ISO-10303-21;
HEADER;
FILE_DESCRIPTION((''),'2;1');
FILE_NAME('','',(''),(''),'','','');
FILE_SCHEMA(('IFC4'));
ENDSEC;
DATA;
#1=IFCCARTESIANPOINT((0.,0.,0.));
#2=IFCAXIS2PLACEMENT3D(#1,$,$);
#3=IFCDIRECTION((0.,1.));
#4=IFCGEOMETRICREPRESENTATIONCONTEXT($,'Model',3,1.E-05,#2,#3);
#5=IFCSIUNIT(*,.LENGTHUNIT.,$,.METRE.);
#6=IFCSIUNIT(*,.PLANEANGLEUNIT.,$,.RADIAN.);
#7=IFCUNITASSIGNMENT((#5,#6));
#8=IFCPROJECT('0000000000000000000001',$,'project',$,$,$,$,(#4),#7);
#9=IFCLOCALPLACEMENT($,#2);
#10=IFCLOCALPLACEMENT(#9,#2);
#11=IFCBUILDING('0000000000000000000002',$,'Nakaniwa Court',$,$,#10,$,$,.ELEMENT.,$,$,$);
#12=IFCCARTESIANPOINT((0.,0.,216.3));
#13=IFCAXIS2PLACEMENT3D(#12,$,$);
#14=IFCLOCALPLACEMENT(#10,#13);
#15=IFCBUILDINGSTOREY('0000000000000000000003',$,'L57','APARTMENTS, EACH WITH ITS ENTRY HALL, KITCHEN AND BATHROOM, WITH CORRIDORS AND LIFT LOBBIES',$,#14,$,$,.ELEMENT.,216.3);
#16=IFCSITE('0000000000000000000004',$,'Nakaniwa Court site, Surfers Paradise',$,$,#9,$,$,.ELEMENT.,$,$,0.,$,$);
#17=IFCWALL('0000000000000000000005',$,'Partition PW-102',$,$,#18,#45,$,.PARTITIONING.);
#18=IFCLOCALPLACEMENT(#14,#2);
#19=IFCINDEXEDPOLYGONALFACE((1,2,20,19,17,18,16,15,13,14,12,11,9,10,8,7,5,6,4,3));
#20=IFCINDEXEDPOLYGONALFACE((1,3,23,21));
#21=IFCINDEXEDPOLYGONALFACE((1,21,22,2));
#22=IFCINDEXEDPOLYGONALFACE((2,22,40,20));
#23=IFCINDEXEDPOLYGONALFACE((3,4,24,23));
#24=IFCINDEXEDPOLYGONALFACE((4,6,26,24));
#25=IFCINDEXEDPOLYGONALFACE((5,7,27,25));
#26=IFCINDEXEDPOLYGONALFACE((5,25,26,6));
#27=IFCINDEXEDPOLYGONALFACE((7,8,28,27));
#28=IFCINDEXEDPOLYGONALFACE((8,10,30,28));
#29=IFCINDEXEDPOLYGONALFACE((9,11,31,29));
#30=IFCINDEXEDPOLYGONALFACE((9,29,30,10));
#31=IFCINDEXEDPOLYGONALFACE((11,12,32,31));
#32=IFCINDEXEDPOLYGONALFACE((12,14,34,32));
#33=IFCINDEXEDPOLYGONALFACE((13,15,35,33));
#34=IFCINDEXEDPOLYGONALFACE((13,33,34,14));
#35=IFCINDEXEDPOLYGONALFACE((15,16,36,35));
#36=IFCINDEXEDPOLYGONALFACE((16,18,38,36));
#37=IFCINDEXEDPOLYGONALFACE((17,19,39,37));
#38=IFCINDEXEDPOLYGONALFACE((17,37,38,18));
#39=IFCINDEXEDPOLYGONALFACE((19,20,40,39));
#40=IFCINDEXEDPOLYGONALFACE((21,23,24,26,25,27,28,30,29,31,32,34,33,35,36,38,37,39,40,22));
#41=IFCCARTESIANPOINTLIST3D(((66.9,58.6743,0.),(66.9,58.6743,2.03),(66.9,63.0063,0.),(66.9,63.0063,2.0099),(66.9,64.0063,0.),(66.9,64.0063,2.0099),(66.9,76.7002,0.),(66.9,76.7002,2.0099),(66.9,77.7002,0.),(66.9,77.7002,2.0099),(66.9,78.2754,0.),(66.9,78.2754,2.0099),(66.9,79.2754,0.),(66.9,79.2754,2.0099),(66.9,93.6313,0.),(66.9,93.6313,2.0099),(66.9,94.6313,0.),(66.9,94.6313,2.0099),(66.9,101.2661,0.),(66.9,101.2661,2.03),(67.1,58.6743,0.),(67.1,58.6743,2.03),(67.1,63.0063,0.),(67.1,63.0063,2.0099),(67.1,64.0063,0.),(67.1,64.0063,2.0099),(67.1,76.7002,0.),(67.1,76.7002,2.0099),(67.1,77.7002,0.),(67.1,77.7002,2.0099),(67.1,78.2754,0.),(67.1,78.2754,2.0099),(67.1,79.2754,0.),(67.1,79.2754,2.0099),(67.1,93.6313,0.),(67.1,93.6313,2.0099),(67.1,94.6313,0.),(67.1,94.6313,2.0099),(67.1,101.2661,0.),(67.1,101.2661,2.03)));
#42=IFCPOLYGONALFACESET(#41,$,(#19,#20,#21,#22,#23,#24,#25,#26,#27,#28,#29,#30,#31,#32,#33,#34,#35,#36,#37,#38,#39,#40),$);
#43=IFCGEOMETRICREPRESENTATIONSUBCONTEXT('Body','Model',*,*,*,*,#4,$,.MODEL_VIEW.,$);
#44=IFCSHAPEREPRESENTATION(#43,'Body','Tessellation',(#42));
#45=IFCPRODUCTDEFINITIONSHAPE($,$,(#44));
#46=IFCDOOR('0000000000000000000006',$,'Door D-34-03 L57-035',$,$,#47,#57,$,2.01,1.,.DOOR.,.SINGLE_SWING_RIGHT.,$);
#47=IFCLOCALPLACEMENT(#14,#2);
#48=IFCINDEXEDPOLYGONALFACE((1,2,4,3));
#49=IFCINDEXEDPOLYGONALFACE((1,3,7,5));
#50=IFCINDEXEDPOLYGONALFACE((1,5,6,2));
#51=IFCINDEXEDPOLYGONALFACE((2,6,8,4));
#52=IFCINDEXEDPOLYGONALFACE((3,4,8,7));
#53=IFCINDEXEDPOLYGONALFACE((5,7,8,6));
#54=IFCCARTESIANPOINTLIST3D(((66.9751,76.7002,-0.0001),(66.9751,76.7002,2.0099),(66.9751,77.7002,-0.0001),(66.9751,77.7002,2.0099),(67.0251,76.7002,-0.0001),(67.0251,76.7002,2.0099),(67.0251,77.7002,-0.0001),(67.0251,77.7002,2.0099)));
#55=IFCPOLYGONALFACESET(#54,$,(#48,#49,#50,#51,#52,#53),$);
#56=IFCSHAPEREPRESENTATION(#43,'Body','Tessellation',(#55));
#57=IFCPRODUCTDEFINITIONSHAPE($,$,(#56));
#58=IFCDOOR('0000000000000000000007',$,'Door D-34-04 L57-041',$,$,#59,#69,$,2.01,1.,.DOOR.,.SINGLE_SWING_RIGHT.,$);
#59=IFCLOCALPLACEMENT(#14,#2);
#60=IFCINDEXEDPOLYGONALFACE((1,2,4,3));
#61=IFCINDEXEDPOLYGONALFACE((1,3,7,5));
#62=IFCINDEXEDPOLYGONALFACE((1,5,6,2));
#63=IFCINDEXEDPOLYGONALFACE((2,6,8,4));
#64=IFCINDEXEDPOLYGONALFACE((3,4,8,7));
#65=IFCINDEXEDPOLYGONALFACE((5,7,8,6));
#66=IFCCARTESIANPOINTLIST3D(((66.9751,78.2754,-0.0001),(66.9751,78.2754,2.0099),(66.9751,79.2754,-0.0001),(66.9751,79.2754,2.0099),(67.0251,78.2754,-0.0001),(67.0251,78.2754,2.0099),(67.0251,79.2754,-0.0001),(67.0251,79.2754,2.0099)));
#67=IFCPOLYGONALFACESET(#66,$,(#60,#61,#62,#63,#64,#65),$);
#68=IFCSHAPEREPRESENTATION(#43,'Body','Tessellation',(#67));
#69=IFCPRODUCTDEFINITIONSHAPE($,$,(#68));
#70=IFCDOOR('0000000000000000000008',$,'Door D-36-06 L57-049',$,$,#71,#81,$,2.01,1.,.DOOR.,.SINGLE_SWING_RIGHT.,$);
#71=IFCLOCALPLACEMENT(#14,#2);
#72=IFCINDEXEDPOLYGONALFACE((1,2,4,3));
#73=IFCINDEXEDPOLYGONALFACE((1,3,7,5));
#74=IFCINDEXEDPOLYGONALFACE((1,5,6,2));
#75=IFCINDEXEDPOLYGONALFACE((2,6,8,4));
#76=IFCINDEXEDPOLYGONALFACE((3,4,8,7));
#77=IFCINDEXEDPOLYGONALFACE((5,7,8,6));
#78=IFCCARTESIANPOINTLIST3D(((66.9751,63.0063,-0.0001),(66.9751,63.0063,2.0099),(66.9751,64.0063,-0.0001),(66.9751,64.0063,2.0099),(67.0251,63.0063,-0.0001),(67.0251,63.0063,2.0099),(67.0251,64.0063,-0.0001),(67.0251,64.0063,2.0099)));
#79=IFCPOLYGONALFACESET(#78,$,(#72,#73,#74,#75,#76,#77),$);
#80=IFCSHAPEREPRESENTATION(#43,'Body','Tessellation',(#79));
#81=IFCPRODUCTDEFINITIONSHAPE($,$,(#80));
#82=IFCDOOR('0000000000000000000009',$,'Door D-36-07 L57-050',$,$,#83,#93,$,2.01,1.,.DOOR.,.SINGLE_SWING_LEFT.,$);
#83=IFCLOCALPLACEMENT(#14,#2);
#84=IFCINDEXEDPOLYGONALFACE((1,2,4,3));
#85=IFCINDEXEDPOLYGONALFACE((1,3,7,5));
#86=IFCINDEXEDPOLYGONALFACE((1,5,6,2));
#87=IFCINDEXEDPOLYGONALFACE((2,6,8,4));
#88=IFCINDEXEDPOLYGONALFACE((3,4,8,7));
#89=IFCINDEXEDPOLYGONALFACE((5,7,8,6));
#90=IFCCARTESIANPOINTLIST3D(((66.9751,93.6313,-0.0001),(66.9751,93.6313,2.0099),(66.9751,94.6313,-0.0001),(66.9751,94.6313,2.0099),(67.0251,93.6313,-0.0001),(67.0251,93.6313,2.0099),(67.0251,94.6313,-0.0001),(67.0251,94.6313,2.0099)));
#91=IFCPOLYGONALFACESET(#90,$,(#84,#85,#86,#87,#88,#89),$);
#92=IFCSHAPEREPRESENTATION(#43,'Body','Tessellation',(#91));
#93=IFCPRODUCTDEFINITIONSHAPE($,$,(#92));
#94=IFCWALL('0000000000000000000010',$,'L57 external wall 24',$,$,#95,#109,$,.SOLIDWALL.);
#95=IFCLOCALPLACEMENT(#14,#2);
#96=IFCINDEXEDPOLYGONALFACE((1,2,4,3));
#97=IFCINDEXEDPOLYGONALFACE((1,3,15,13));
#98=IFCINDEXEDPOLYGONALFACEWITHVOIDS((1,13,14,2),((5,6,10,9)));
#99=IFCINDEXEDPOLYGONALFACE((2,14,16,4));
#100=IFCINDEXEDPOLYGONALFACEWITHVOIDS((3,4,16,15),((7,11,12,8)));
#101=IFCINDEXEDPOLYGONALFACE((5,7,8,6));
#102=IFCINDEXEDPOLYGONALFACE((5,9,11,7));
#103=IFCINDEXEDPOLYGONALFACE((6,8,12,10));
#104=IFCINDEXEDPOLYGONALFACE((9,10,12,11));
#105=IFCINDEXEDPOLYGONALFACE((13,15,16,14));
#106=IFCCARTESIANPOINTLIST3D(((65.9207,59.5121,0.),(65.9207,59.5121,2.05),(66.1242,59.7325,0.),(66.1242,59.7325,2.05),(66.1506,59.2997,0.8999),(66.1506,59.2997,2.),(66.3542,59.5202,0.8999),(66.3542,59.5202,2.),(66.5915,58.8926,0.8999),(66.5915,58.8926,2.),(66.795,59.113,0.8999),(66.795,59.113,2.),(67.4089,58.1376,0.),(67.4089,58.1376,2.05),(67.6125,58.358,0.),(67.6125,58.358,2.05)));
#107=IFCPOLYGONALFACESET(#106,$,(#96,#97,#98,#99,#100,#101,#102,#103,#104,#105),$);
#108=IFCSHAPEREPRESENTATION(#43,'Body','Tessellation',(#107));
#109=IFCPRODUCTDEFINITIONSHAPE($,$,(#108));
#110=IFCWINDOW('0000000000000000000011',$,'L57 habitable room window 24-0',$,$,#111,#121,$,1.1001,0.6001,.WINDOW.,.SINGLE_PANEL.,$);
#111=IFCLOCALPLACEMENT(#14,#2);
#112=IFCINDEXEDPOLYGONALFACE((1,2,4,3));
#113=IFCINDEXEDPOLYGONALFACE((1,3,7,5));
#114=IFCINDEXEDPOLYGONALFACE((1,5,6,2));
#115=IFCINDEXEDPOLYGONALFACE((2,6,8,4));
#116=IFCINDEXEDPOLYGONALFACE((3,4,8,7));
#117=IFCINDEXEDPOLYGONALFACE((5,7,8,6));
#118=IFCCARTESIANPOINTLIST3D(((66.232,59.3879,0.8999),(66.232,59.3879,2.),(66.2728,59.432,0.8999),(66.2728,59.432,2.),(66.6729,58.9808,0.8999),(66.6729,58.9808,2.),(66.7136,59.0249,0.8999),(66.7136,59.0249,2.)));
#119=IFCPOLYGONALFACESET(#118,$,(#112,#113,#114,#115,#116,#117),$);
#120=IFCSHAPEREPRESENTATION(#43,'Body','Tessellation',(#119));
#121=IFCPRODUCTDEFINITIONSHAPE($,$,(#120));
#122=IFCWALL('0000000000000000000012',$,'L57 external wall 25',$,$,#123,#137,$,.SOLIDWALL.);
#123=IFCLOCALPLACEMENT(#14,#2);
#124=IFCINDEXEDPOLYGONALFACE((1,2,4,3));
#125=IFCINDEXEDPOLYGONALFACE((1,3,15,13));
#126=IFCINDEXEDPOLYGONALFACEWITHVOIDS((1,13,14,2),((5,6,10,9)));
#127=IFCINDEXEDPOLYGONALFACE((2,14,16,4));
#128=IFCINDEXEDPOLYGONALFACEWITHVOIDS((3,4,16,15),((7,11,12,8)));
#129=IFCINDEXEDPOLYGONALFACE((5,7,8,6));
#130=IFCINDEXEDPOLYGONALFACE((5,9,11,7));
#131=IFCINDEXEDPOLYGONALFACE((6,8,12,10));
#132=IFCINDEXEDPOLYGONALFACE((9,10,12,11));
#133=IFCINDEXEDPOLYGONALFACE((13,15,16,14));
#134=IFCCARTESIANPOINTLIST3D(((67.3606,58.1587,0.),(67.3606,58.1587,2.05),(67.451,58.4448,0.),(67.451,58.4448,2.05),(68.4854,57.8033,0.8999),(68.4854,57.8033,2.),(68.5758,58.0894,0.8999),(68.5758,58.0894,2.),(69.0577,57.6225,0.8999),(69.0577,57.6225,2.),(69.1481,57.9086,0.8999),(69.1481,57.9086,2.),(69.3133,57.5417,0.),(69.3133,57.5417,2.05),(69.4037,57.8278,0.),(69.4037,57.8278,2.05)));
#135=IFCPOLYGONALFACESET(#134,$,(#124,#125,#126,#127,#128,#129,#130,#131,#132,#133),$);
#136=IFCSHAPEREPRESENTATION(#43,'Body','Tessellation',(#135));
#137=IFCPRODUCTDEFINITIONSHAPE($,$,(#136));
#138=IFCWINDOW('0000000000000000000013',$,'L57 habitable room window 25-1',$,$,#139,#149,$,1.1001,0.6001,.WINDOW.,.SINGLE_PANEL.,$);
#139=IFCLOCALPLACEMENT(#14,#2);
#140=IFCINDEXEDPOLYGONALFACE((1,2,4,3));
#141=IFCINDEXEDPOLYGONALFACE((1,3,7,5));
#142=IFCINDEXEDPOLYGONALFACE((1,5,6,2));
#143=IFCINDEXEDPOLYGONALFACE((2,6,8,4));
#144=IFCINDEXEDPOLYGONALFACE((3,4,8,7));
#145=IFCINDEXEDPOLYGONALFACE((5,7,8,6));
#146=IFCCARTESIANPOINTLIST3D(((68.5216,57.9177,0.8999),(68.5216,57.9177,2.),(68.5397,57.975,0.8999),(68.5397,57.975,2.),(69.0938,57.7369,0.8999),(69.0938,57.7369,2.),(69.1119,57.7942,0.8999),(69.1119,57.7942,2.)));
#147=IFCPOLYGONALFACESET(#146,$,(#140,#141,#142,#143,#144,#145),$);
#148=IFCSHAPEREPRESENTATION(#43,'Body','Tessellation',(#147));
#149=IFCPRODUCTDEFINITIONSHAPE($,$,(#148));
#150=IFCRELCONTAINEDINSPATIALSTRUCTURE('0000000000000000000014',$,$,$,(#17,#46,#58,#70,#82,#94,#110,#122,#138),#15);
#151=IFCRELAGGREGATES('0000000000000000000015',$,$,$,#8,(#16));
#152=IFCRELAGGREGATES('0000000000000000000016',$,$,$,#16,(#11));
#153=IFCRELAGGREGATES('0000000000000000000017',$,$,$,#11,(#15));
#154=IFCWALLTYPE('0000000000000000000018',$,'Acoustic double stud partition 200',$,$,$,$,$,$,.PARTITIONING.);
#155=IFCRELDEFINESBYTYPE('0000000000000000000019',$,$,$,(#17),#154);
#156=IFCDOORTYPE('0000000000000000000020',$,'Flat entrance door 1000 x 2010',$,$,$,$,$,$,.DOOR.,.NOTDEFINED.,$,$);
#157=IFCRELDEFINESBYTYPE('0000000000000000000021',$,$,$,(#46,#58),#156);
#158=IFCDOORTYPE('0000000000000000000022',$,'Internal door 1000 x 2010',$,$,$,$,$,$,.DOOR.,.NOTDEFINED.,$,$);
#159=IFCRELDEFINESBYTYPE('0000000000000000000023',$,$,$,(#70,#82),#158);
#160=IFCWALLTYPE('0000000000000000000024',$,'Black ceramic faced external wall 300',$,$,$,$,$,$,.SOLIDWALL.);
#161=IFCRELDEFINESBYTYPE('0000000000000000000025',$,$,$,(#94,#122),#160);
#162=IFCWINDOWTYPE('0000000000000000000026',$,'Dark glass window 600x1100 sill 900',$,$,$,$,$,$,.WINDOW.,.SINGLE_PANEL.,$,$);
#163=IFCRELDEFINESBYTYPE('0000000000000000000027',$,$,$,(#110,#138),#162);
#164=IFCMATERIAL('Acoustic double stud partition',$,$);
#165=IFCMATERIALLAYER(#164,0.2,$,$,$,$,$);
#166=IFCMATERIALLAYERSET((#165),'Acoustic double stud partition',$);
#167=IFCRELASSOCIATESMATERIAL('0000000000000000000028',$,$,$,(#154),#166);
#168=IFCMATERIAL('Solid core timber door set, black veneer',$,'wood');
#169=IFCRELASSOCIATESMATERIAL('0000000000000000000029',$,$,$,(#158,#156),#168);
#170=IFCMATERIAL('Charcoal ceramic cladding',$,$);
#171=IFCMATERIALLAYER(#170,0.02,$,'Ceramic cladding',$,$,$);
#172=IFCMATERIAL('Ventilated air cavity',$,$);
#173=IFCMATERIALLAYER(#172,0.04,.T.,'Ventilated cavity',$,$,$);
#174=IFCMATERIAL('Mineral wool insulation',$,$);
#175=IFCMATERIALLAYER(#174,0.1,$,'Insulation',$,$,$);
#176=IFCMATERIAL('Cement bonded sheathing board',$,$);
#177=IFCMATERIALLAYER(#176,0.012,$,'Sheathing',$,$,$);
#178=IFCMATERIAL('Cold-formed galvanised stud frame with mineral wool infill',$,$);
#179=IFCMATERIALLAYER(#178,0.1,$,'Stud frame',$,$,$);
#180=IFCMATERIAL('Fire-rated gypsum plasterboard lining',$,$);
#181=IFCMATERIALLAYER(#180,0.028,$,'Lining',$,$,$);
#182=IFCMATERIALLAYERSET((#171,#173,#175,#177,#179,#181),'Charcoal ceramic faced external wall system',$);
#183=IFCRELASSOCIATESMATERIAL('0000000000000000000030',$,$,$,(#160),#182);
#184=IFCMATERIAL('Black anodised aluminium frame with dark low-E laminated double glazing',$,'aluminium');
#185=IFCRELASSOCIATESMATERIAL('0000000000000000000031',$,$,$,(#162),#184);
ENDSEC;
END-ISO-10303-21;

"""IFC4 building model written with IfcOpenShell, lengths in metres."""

from ifc_helpers import new_model, si_unit, direction, frame, frame_2d, origin, place, context, subcontext, project, spatial, rectangle, extrude, material, layer, layer_set, type_object, element, fill, save


model = new_model("IFC4")

# Units and contexts
model_context = context("Model", 3, precision=1e-05, world=origin(), true_north=direction((0.0, 1.0)))
body_context = subcontext(model_context, "Body", "Model", "MODEL_VIEW")
ifc_project = project(units=[si_unit("LENGTHUNIT", "METRE"), si_unit("PLANEANGLEUNIT", "RADIAN")], contexts=[model_context])

# Site, building, storey
site_placement = place(None, origin())
site = spatial("IfcSite", under=ifc_project, at=site_placement, Name="Nakaniwa Court site, Surfers Paradise", CompositionType="ELEMENT", RefElevation=0.0)
building_placement = place(site_placement, origin())
building = spatial("IfcBuilding", under=site, at=building_placement, Name="Nakaniwa Court", CompositionType="ELEMENT")
storey_placement = place(building_placement, frame((0.0, 0.0, 216.3)))
storey = spatial("IfcBuildingStorey", under=building, at=storey_placement, Name="L57", Description="APARTMENTS, EACH WITH ITS ENTRY HALL, KITCHEN AND BATHROOM, WITH CORRIDORS AND LIFT LOBBIES", CompositionType="ELEMENT", Elevation=216.3)

# Shared definitions
ifc_material_1 = material(Name="Acoustic double stud partition")
ifc_layer_1 = layer(ifc_material_1, 0.2)
ifc_layer_set_1 = layer_set([ifc_layer_1], Name="Acoustic double stud partition")
wall_type_1 = type_object("IfcWallType", Name="Acoustic double stud partition 200", PredefinedType="PARTITIONING", material=ifc_layer_set_1)

# Shared definitions
ifc_material_2 = material(Name="Solid core timber door set, black veneer", Category="wood")
door_type_1 = type_object("IfcDoorType", Name="Internal door 1000 x 2010", OperationType="NOTDEFINED", PredefinedType="DOOR", material=ifc_material_2)

# Wall, openings, doors
wall_1_placement = place(storey_placement, frame((67.0, 58.6743, 0.0), z_axis=(0.0, 0.0, 1.0), x_axis=(0.0, 1.0, 0.0)))
wall_1 = element("IfcWall", 1, at=wall_1_placement, inside=storey, type_object=wall_type_1, Name="Partition PW-102", PredefinedType="PARTITIONING", context=body_context, shape_type="SweptSolid", body=[
    extrude(rectangle(XDim=42.5918, YDim=0.2, at=frame_2d((21.2959, 0.0))), origin(), (0.0, 0.0, 1.0), 2.03),
])
opening_1_placement = place(wall_1_placement, frame((18.0259, 0.0, 0.0)))
opening_1 = element("IfcOpeningElement", 2, at=opening_1_placement, cuts=wall_1, PredefinedType="OPENING", context=body_context, shape_type="SweptSolid", body=[
    extrude(rectangle(XDim=1.0, YDim=2.01, at=frame_2d((0.5, 1.0049))), frame((0.0, 0.1099, 0.0), z_axis=(0.0, -1.0, 0.0), x_axis=(1.0, 0.0, 0.0)), (0.0, 0.0, 1.0), 0.22),
])
opening_2_placement = place(wall_1_placement, frame((19.6011, 0.0, 0.0)))
opening_2 = element("IfcOpeningElement", 3, at=opening_2_placement, cuts=wall_1, PredefinedType="OPENING", context=body_context, shape_type="SweptSolid", body=[
    extrude(rectangle(XDim=1.0, YDim=2.01, at=frame_2d((0.5, 1.0049))), frame((0.0, 0.1099, 0.0), z_axis=(0.0, -1.0, 0.0), x_axis=(1.0, 0.0, 0.0)), (0.0, 0.0, 1.0), 0.22),
])
opening_3_placement = place(wall_1_placement, frame((4.332, 0.0, 0.0)))
opening_3 = element("IfcOpeningElement", 4, at=opening_3_placement, cuts=wall_1, PredefinedType="OPENING", context=body_context, shape_type="SweptSolid", body=[
    extrude(rectangle(XDim=1.0, YDim=2.01, at=frame_2d((0.5, 1.0049))), frame((0.0, 0.1099, 0.0), z_axis=(0.0, -1.0, 0.0), x_axis=(1.0, 0.0, 0.0)), (0.0, 0.0, 1.0), 0.22),
])
opening_4_placement = place(wall_1_placement, frame((34.957, 0.0, 0.0)))
opening_4 = element("IfcOpeningElement", 5, at=opening_4_placement, cuts=wall_1, PredefinedType="OPENING", context=body_context, shape_type="SweptSolid", body=[
    extrude(rectangle(XDim=1.0, YDim=2.01, at=frame_2d((0.5, 1.0049))), frame((0.0, 0.1099, 0.0), z_axis=(0.0, -1.0, 0.0), x_axis=(1.0, 0.0, 0.0)), (0.0, 0.0, 1.0), 0.22),
])
door_type_2 = type_object("IfcDoorType", Name="Flat entrance door 1000 x 2010", OperationType="NOTDEFINED", PredefinedType="DOOR", material=ifc_material_2)
door_1_placement = place(opening_1_placement, origin())
door_1 = element("IfcDoor", 6, at=door_1_placement, inside=storey, type_object=door_type_2, Name="Door D-34-03 L57-035", OperationType="SINGLE_SWING_RIGHT", OverallHeight=2.01, OverallWidth=1.0, PredefinedType="DOOR", context=body_context, shape_type="SweptSolid", body=[
    extrude(rectangle(XDim=1.0, YDim=2.01, at=frame_2d((0.5, 1.0049))), frame((0.0, 0.0249, 0.0), z_axis=(0.0, -1.0, 0.0), x_axis=(1.0, 0.0, 0.0)), (0.0, 0.0, 1.0), 0.05),
])
fill(opening_1, door_1)
door_2_placement = place(opening_2_placement, origin())
door_2 = element("IfcDoor", 7, at=door_2_placement, inside=storey, type_object=door_type_2, Name="Door D-34-04 L57-041", OperationType="SINGLE_SWING_RIGHT", OverallHeight=2.01, OverallWidth=1.0, PredefinedType="DOOR", context=body_context, shape_type="SweptSolid", body=[
    extrude(rectangle(XDim=1.0, YDim=2.01, at=frame_2d((0.5, 1.0049))), frame((0.0, 0.0249, 0.0), z_axis=(0.0, -1.0, 0.0), x_axis=(1.0, 0.0, 0.0)), (0.0, 0.0, 1.0), 0.05),
])
fill(opening_2, door_2)
door_3_placement = place(opening_3_placement, origin())
door_3 = element("IfcDoor", 8, at=door_3_placement, inside=storey, type_object=door_type_1, Name="Door D-36-06 L57-049", OperationType="SINGLE_SWING_RIGHT", OverallHeight=2.01, OverallWidth=1.0, PredefinedType="DOOR", context=body_context, shape_type="SweptSolid", body=[
    extrude(rectangle(XDim=1.0, YDim=2.01, at=frame_2d((0.5, 1.0049))), frame((0.0, 0.0249, 0.0), z_axis=(0.0, -1.0, 0.0), x_axis=(1.0, 0.0, 0.0)), (0.0, 0.0, 1.0), 0.05),
])
fill(opening_3, door_3)
door_4_placement = place(opening_4_placement, origin())
door_4 = element("IfcDoor", 9, at=door_4_placement, inside=storey, type_object=door_type_1, Name="Door D-36-07 L57-050", OperationType="SINGLE_SWING_LEFT", OverallHeight=2.01, OverallWidth=1.0, PredefinedType="DOOR", context=body_context, shape_type="SweptSolid", body=[
    extrude(rectangle(XDim=1.0, YDim=2.01, at=frame_2d((0.5, 1.0049))), frame((0.0, 0.0249, 0.0), z_axis=(0.0, -1.0, 0.0), x_axis=(1.0, 0.0, 0.0)), (0.0, 0.0, 1.0), 0.05),
])
fill(opening_4, door_4)

# Walls, openings, windows
ifc_material_3 = material(Name="Charcoal ceramic cladding")
ifc_layer_2 = layer(ifc_material_3, 0.02, Name="Ceramic cladding")
ifc_material_4 = material(Name="Ventilated air cavity")
ifc_layer_3 = layer(ifc_material_4, 0.04, ventilated=True, Name="Ventilated cavity")
ifc_material_5 = material(Name="Mineral wool insulation")
ifc_layer_4 = layer(ifc_material_5, 0.1, Name="Insulation")
ifc_material_6 = material(Name="Cement bonded sheathing board")
ifc_layer_5 = layer(ifc_material_6, 0.012, Name="Sheathing")
ifc_material_7 = material(Name="Cold-formed galvanised stud frame with mineral wool infill")
ifc_layer_6 = layer(ifc_material_7, 0.1, Name="Stud frame")
ifc_material_8 = material(Name="Fire-rated gypsum plasterboard lining")
ifc_layer_7 = layer(ifc_material_8, 0.028, Name="Lining")
ifc_layer_set_2 = layer_set([ifc_layer_2, ifc_layer_3, ifc_layer_4, ifc_layer_5, ifc_layer_6, ifc_layer_7], Name="Charcoal ceramic faced external wall system")
wall_type_2 = type_object("IfcWallType", Name="Black ceramic faced external wall 300", PredefinedType="SOLIDWALL", material=ifc_layer_set_2)
wall_2_placement = place(storey_placement, frame((66.0225, 59.6223, 0.0), z_axis=(0.0, 0.0, 1.0), x_axis=(0.734628, -0.67847, 0.0)))
wall_2 = element("IfcWall", 10, at=wall_2_placement, inside=storey, type_object=wall_type_2, Name="L57 external wall 24", PredefinedType="SOLIDWALL", context=body_context, shape_type="SweptSolid", body=[
    extrude(rectangle(XDim=2.0259, YDim=0.3, at=frame_2d((1.0129, 0.0))), origin(), (0.0, 0.0, 1.0), 2.05),
])
opening_5_placement = place(wall_2_placement, frame((0.313, 0.0, 0.8999)))
opening_5 = element("IfcOpeningElement", 11, at=opening_5_placement, cuts=wall_2, PredefinedType="OPENING", context=body_context, shape_type="SweptSolid", body=[
    extrude(rectangle(XDim=0.6001, YDim=1.1001, at=frame_2d((0.3, 0.55))), frame((0.0, 0.1599, 0.0), z_axis=(0.0, -1.0, 0.0), x_axis=(1.0, 0.0, 0.0)), (0.0, 0.0, 1.0), 0.3201),
])
ifc_material_9 = material(Name="Black anodised aluminium frame with dark low-E laminated double glazing", Category="aluminium")
window_type_1 = type_object("IfcWindowType", Name="Dark glass window 600x1100 sill 900", PartitioningType="SINGLE_PANEL", PredefinedType="WINDOW", material=ifc_material_9)
window_1_placement = place(opening_5_placement, origin())
window_1 = element("IfcWindow", 12, at=window_1_placement, inside=storey, type_object=window_type_1, Name="L57 habitable room window 24-0", OverallHeight=1.1001, OverallWidth=0.6001, PartitioningType="SINGLE_PANEL", PredefinedType="WINDOW", context=body_context, shape_type="SweptSolid", body=[
    extrude(rectangle(XDim=0.6001, YDim=1.1001, at=frame_2d((0.3, 0.55))), frame((0.0, 0.03, 0.0), z_axis=(0.0, -1.0, 0.0), x_axis=(1.0, 0.0, 0.0)), (0.0, 0.0, 1.0), 0.0601),
])
fill(opening_5, window_1)
wall_3_placement = place(storey_placement, frame((67.4058, 58.3018, 0.0), z_axis=(0.0, 0.0, 1.0), x_axis=(0.953538, -0.301274, 0.0)))
wall_3 = element("IfcWall", 13, at=wall_3_placement, inside=storey, type_object=wall_type_2, Name="L57 external wall 25", PredefinedType="SOLIDWALL", context=body_context, shape_type="SweptSolid", body=[
    extrude(rectangle(XDim=2.0479, YDim=0.3, at=frame_2d((1.0239, 0.0))), origin(), (0.0, 0.0, 1.0), 2.05),
])
opening_6_placement = place(wall_3_placement, frame((1.1797, 0.0, 0.8999)))
opening_6 = element("IfcOpeningElement", 14, at=opening_6_placement, cuts=wall_3, PredefinedType="OPENING", context=body_context, shape_type="SweptSolid", body=[
    extrude(rectangle(XDim=0.6001, YDim=1.1001, at=frame_2d((0.3, 0.55))), frame((0.0, 0.1599, 0.0), z_axis=(0.0, -1.0, 0.0), x_axis=(1.0, 0.0, 0.0)), (0.0, 0.0, 1.0), 0.3201),
])
window_2_placement = place(opening_6_placement, origin())
window_2 = element("IfcWindow", 15, at=window_2_placement, inside=storey, type_object=window_type_1, Name="L57 habitable room window 25-1", OverallHeight=1.1001, OverallWidth=0.6001, PartitioningType="SINGLE_PANEL", PredefinedType="WINDOW", context=body_context, shape_type="SweptSolid", body=[
    extrude(rectangle(XDim=0.6001, YDim=1.1001, at=frame_2d((0.3, 0.55))), frame((0.0, 0.03, 0.0), z_axis=(0.0, -1.0, 0.0), x_axis=(1.0, 0.0, 0.0)), (0.0, 0.0, 1.0), 0.0601),
])
fill(opening_6, window_2)

save(model, "model.ifc")
